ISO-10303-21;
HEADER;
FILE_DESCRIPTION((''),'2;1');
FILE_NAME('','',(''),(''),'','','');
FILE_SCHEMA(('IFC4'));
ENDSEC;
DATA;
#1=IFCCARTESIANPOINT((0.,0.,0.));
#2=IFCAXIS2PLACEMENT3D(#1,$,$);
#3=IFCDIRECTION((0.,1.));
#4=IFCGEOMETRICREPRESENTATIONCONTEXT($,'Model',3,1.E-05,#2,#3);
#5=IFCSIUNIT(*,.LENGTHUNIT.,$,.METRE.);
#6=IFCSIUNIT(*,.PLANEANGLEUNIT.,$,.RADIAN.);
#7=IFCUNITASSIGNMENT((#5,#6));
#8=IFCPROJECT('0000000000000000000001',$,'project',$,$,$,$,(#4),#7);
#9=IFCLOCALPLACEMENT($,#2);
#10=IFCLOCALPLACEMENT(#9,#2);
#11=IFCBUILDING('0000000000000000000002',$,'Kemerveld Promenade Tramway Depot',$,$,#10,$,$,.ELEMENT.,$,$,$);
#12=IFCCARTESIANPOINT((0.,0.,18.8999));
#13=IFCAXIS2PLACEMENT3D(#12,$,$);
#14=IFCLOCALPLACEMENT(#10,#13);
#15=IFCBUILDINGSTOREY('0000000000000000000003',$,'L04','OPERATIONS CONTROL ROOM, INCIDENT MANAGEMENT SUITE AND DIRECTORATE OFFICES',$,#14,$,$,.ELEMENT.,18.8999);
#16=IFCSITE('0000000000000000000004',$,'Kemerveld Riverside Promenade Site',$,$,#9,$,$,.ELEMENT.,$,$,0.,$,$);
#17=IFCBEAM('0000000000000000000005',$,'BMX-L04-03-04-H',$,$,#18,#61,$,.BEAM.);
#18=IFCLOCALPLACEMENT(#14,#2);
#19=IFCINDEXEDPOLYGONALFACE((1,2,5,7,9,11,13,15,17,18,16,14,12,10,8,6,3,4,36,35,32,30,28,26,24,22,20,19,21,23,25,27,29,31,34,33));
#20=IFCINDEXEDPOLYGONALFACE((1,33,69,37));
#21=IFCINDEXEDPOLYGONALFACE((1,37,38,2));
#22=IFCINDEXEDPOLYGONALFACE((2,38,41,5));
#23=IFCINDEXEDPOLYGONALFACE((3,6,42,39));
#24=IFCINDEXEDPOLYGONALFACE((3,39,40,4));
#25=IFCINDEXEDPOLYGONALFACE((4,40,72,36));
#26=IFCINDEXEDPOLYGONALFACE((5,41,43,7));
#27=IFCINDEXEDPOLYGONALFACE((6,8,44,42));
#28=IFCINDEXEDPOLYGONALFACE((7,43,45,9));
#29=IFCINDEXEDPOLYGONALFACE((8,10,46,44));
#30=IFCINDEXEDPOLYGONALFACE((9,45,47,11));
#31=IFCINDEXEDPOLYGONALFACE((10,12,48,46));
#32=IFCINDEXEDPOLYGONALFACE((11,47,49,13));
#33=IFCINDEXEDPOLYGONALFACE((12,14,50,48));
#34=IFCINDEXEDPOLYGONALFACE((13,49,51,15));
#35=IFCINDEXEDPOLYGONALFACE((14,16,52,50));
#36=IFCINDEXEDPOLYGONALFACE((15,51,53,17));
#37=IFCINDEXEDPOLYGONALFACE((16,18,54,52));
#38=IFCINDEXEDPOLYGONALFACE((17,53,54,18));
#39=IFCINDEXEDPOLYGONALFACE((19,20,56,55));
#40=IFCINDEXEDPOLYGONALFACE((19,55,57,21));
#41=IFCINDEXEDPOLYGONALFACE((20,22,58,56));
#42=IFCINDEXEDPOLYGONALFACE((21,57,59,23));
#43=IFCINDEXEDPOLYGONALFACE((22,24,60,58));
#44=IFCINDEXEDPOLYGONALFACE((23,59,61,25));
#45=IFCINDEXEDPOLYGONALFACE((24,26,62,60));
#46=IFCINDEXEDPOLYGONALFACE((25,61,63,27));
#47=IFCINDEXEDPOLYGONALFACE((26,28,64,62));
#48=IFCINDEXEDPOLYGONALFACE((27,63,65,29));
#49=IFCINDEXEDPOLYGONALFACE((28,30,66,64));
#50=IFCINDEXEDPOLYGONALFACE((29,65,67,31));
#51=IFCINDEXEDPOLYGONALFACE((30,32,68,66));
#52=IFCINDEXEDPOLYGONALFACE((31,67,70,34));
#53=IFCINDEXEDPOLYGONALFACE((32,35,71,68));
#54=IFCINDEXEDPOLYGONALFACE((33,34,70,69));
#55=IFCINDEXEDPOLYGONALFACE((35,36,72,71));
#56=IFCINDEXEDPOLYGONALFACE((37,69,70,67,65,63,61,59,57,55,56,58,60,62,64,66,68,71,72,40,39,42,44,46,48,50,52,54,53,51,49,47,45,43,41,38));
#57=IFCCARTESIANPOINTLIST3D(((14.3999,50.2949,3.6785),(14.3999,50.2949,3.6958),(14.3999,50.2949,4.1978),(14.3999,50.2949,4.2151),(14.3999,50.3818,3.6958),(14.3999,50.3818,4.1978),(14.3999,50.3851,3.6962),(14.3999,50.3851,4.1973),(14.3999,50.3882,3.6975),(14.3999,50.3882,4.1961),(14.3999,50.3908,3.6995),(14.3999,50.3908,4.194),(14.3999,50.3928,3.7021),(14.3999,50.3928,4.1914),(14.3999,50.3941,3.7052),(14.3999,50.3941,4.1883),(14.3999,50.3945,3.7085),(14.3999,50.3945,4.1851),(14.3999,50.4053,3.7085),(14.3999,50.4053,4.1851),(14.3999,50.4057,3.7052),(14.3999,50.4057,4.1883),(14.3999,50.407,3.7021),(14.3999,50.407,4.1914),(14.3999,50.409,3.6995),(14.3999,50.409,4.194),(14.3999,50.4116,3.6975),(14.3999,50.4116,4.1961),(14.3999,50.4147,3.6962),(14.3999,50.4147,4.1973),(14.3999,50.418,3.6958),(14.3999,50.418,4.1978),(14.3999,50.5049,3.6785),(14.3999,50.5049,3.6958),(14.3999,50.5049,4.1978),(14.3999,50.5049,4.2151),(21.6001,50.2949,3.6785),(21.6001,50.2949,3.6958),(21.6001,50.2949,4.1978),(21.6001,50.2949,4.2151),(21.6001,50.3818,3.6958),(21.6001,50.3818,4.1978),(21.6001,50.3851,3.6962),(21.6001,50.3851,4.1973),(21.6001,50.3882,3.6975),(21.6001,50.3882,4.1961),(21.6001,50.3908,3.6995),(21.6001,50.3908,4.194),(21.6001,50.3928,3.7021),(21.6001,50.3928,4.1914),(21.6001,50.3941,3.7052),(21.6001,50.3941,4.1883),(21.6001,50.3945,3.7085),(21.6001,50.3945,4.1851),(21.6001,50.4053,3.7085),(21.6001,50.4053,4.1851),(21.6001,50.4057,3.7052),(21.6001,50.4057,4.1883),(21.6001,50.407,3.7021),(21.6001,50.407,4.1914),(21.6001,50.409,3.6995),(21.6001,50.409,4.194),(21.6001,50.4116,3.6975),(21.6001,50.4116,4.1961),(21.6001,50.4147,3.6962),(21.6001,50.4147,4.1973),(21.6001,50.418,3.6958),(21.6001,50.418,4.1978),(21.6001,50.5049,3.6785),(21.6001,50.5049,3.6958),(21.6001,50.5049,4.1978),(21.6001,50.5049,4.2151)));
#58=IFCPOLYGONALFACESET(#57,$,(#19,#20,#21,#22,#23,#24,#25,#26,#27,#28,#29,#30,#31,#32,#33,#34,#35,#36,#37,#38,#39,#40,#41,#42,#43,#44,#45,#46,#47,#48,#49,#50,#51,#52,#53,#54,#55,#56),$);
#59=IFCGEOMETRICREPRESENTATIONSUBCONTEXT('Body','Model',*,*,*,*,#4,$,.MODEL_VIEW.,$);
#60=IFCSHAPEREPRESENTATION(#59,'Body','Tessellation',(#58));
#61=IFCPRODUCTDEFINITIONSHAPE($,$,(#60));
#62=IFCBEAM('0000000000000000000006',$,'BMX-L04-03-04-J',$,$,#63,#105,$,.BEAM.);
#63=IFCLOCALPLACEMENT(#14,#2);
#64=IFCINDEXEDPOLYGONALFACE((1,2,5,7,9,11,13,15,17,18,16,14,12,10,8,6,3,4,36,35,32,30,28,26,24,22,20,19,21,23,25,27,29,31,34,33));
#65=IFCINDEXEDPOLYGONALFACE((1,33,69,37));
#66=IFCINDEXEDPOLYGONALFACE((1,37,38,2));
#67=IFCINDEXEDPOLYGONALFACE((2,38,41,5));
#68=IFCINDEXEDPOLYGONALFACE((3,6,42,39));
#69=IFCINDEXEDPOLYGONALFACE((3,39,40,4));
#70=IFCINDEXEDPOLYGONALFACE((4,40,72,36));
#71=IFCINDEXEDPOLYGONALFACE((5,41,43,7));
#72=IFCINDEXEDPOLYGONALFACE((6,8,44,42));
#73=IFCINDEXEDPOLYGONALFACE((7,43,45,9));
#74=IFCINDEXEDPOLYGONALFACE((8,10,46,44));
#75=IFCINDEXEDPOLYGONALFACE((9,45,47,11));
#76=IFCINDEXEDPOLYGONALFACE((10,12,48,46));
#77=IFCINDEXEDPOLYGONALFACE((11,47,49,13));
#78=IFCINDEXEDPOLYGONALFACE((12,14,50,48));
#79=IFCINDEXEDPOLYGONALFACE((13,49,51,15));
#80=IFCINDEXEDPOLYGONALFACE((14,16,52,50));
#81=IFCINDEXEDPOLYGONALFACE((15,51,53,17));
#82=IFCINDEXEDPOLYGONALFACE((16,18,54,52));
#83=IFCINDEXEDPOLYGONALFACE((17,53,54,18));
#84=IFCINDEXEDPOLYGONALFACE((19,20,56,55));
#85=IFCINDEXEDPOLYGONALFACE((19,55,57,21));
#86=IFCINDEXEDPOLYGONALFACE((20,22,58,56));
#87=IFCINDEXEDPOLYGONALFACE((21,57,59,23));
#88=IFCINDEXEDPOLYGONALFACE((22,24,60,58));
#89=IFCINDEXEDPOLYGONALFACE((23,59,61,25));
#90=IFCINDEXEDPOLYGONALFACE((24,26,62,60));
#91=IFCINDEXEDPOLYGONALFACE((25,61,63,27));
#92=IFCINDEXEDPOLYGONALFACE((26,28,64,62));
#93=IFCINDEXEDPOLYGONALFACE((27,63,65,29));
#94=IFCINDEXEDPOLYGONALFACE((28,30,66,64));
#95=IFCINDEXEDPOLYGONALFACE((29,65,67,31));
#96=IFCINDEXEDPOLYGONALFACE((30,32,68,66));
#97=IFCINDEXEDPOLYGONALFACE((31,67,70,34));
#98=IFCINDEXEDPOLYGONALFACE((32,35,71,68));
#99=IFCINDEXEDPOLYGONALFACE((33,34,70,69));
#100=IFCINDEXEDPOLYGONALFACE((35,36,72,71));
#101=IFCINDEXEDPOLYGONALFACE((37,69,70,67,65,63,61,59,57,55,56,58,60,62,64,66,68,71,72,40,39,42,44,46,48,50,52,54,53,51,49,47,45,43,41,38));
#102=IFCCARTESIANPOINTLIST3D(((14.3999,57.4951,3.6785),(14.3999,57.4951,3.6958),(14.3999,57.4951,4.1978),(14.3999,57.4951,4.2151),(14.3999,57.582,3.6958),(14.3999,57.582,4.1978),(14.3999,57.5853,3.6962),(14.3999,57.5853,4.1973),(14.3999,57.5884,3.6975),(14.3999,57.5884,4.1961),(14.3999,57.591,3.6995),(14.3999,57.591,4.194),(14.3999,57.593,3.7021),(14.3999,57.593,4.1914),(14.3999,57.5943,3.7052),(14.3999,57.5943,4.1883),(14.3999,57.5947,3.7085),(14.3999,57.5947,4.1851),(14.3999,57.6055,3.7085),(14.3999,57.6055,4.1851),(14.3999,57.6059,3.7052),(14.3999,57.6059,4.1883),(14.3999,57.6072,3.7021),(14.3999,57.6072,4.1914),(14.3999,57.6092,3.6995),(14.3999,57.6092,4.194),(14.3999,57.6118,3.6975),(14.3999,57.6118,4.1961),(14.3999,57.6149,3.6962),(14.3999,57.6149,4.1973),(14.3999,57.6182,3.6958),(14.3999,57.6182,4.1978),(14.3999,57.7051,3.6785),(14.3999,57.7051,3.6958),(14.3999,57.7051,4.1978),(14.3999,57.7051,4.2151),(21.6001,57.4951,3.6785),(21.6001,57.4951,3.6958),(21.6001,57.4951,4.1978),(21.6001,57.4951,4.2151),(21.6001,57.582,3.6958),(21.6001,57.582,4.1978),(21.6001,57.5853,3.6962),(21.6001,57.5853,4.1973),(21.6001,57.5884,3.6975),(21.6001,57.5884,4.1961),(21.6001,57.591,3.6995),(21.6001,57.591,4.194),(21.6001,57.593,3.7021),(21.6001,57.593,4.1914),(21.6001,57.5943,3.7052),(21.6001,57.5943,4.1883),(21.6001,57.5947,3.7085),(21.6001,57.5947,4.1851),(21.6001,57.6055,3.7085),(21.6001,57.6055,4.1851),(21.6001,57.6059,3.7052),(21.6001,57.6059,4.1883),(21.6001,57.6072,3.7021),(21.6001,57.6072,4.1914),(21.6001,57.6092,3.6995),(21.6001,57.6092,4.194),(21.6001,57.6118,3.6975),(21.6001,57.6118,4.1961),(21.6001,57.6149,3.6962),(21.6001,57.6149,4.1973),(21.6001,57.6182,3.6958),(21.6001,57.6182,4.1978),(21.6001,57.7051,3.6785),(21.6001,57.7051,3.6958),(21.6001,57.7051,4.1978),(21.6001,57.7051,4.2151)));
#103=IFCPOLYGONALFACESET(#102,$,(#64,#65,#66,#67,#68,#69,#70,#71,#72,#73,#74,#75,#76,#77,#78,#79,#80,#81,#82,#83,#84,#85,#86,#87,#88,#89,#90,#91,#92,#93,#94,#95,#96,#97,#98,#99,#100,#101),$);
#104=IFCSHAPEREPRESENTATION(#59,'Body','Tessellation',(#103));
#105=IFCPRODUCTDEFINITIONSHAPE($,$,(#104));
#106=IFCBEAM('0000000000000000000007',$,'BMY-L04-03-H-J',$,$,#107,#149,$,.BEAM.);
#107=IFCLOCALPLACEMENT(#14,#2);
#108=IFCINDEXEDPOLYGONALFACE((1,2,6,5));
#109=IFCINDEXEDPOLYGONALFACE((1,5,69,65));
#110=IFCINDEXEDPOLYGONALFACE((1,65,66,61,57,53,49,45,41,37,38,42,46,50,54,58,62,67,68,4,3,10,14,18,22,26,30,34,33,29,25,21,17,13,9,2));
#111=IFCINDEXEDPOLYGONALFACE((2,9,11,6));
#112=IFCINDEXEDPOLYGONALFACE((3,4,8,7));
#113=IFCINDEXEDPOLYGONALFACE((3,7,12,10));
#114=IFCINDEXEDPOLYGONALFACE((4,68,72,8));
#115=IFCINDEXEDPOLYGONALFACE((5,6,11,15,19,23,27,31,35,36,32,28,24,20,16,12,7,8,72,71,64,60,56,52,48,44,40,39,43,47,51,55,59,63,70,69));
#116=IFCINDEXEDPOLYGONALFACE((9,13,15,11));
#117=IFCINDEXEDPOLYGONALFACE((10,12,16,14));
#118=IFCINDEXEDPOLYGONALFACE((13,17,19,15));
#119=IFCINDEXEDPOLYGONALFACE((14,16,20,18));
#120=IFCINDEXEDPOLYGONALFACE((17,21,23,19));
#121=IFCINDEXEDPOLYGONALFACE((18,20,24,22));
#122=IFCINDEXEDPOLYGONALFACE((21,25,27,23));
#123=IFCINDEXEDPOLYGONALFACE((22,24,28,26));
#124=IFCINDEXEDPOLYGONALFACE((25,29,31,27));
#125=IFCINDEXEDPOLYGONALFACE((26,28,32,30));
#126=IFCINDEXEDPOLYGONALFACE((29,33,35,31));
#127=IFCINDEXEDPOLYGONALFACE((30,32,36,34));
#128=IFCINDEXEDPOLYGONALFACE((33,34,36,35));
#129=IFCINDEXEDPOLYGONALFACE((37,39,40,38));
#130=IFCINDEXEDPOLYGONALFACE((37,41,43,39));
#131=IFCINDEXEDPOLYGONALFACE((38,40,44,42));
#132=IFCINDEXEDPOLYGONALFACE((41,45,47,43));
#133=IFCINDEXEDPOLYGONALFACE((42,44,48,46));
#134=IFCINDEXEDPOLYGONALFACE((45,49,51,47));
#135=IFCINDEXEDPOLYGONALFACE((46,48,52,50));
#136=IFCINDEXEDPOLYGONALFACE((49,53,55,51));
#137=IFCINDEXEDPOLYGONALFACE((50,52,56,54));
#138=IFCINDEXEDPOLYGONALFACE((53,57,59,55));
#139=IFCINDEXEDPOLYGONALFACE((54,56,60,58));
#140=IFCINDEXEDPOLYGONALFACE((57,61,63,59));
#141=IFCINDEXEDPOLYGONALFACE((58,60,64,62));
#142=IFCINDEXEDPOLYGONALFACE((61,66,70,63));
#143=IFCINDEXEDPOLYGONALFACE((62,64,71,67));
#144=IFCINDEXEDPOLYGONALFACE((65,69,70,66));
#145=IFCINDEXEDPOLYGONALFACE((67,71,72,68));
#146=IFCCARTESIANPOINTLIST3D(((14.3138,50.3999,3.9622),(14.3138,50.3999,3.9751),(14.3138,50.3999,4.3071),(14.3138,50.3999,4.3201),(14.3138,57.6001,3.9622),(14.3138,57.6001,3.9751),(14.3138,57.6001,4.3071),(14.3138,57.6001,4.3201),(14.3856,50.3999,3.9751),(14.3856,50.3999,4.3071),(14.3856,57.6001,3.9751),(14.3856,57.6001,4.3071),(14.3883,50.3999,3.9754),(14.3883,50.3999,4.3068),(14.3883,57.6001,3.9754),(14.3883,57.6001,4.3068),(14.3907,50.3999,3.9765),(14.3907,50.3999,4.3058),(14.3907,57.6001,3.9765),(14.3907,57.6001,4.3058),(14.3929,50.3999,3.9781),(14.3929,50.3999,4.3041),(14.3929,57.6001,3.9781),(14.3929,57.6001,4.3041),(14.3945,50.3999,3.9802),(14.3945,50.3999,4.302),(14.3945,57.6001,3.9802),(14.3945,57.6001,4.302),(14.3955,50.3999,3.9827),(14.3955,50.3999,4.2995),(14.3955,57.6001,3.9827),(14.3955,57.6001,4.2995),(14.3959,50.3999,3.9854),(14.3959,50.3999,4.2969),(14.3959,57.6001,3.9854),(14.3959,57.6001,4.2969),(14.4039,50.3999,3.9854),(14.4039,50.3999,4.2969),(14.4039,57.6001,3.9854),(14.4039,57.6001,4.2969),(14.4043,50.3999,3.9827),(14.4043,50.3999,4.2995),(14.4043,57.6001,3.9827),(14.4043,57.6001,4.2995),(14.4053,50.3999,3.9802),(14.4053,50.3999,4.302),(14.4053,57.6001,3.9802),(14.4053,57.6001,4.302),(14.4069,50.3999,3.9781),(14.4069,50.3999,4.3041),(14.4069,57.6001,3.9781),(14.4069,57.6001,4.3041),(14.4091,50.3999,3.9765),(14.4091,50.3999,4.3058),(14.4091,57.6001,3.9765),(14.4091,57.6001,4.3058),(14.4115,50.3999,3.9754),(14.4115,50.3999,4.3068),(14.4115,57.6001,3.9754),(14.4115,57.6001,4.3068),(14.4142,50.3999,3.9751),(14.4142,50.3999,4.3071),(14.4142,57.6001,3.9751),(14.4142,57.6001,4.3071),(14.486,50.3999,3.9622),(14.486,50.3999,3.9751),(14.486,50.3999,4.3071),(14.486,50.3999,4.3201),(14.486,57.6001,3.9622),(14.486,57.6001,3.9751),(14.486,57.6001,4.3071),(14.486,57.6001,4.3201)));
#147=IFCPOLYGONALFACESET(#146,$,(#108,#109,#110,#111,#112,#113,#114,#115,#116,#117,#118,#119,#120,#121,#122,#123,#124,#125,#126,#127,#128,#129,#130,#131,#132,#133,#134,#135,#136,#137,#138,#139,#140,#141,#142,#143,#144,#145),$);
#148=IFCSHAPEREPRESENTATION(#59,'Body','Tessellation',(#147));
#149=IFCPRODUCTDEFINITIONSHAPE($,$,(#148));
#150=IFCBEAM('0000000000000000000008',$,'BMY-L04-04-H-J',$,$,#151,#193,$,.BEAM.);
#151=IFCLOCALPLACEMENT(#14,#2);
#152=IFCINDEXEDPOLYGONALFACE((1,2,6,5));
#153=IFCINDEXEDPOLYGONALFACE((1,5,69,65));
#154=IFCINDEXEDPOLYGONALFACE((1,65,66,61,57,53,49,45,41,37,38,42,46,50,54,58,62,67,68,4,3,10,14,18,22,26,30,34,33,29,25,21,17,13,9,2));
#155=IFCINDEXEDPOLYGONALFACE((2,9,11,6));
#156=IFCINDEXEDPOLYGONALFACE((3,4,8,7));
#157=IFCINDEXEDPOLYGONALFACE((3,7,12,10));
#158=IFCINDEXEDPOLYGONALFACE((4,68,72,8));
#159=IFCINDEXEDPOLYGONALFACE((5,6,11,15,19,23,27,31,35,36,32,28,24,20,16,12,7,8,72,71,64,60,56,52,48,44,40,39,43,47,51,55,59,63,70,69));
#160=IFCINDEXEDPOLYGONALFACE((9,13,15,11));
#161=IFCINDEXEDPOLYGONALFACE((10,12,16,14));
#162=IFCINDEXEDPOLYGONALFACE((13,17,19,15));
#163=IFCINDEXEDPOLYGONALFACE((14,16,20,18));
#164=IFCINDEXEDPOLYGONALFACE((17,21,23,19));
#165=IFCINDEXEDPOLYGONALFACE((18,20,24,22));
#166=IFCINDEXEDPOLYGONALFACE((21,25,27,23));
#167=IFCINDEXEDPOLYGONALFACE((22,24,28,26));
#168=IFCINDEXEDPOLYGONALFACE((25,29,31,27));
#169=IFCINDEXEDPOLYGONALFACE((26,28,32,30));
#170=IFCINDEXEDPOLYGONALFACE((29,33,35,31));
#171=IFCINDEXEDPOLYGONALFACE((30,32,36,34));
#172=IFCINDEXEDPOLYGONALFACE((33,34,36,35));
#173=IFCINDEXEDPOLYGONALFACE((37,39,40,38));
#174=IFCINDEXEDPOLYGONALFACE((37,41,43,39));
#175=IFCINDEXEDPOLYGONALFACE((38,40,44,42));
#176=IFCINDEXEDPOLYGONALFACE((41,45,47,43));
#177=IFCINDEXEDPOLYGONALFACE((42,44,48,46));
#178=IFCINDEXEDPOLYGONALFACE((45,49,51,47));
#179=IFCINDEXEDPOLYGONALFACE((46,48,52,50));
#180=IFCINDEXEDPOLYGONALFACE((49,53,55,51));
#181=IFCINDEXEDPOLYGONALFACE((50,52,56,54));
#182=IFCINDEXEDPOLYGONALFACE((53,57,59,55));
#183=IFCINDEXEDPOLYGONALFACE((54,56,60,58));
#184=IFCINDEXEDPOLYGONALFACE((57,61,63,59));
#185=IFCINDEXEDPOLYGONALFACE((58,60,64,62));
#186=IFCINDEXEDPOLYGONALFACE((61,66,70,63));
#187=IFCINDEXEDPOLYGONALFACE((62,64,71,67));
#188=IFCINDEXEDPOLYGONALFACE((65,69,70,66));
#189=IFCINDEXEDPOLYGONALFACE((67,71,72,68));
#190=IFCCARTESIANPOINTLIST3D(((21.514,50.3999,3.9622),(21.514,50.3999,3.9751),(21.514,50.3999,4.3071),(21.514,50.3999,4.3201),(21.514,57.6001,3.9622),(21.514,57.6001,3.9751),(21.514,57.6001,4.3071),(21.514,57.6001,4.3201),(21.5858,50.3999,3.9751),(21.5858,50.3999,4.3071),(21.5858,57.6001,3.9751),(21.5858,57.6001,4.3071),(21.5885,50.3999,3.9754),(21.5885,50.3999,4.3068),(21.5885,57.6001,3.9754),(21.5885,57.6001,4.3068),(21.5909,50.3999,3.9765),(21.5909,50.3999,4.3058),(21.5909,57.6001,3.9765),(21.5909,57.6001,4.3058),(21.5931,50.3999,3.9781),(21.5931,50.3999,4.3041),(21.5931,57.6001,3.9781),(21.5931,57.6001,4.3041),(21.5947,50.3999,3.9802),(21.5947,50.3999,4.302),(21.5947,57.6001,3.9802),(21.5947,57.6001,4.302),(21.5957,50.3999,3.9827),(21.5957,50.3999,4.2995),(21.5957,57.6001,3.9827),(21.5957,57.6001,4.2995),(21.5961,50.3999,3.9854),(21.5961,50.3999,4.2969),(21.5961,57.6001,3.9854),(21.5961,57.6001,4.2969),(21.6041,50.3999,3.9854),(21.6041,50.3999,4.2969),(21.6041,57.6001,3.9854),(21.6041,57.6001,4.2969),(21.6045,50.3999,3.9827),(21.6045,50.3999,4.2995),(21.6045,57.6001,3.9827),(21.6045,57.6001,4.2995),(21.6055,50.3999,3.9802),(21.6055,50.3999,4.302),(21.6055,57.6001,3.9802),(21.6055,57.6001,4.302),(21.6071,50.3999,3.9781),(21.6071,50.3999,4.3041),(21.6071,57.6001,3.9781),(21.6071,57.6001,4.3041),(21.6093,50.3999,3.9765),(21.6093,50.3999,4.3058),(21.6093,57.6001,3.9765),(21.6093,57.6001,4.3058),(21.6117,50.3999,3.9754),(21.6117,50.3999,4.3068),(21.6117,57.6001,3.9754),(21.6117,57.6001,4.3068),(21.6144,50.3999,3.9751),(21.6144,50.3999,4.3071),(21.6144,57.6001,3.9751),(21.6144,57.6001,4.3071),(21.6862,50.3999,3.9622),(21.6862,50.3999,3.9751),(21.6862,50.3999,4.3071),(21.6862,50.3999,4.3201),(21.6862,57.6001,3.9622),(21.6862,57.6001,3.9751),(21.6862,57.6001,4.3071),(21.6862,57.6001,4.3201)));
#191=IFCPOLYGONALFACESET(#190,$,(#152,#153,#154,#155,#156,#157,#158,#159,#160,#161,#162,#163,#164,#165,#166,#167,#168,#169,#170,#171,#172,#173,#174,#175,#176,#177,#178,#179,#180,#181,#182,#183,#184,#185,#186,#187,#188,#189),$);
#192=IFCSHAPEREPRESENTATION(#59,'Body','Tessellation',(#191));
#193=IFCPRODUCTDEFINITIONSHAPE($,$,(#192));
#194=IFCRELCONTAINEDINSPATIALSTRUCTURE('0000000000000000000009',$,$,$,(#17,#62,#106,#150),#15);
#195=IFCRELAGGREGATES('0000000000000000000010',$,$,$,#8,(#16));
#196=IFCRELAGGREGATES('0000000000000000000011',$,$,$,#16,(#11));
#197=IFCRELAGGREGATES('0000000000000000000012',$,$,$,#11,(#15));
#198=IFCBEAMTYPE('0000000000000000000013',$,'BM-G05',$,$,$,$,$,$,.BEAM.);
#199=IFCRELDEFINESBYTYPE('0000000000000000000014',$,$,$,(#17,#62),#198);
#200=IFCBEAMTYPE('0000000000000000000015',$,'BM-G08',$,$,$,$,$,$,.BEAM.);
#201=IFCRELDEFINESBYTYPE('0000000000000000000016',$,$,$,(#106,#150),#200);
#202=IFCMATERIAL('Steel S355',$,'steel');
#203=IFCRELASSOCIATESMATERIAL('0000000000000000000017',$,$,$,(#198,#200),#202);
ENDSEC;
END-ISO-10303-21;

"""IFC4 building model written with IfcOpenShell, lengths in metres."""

from ifc_helpers import new_model, si_unit, direction, frame, origin, origin_2d, place, context, subcontext, project, spatial, i_section, extrude, material, material_profile, profile_set, type_object, element, save


model = new_model("IFC4")

# Units and contexts
model_context = context("Model", 3, precision=1e-05, world=origin(), true_north=direction((0.0, 1.0)))
body_context = subcontext(model_context, "Body", "Model", "MODEL_VIEW")
ifc_project = project(units=[si_unit("LENGTHUNIT", "METRE"), si_unit("PLANEANGLEUNIT", "RADIAN")], contexts=[model_context])

# Site, building, storey
site_placement = place(None, origin())
site = spatial("IfcSite", under=ifc_project, at=site_placement, Name="Kemerveld Riverside Promenade Site", CompositionType="ELEMENT", RefElevation=0.0)
building_placement = place(site_placement, origin())
building = spatial("IfcBuilding", under=site, at=building_placement, Name="Kemerveld Promenade Tramway Depot", CompositionType="ELEMENT")
storey_placement = place(building_placement, frame((0.0, 0.0, 18.8999)))
storey = spatial("IfcBuildingStorey", under=building, at=storey_placement, Name="L04", Description="OPERATIONS CONTROL ROOM, INCIDENT MANAGEMENT SUITE AND DIRECTORATE OFFICES", CompositionType="ELEMENT", Elevation=18.8999)

# Shared definitions
ifc_material_1 = material(Name="Steel S355", Category="steel")

# Beams
ifc_material_profile_1 = material_profile(ifc_material_1, i_section(OverallWidth=0.21, OverallDepth=0.5366, WebThickness=0.0107, FlangeThickness=0.0173, FilletRadius=0.0127, at=origin_2d()), Name="533x210x101 UB")
ifc_profile_set_1 = profile_set([ifc_material_profile_1], Name="Steel S355")
beam_type_1 = type_object("IfcBeamType", Name="BM-G05", PredefinedType="BEAM", material=ifc_profile_set_1)
for number, where, z_axis, x_axis, name in (
    (1, (14.3999, 50.3999, 3.9468), (1.0, 0.0, 0.0), (0.0, 1.0, 0.0), "BMX-L04-03-04-H"),
    (2, (14.3999, 57.6001, 3.9468), (1.0, 0.0, 0.0), (0.0, 1.0, 0.0), "BMX-L04-03-04-J"),
):
    element("IfcBeam", number, at=place(storey_placement, frame(where, z_axis=z_axis, x_axis=x_axis)), inside=storey, type_object=beam_type_1, Name=name, PredefinedType="BEAM", context=body_context, shape_type="SweptSolid", body=[
        extrude(i_section(OverallWidth=0.21, OverallDepth=0.5366, WebThickness=0.0107, FlangeThickness=0.0173, FilletRadius=0.0127, at=origin_2d()), origin(), (0.0, 0.0, 1.0), 7.2002),
    ])
ifc_material_profile_2 = material_profile(ifc_material_1, i_section(OverallWidth=0.1721, OverallDepth=0.3579, WebThickness=0.0081, FlangeThickness=0.0129, FilletRadius=0.0103, at=origin_2d()), Name="356x171x57 UB")
ifc_profile_set_2 = profile_set([ifc_material_profile_2], Name="Steel S355")
beam_type_2 = type_object("IfcBeamType", Name="BM-G08", PredefinedType="BEAM", material=ifc_profile_set_2)
for number, where, z_axis, x_axis, name in (
    (3, (14.3999, 50.3999, 4.1411), (0.0, 1.0, 0.0), (-1.0, 0.0, 0.0), "BMY-L04-03-H-J"),
    (4, (21.6001, 50.3999, 4.1411), (0.0, 1.0, 0.0), (-1.0, 0.0, 0.0), "BMY-L04-04-H-J"),
):
    element("IfcBeam", number, at=place(storey_placement, frame(where, z_axis=z_axis, x_axis=x_axis)), inside=storey, type_object=beam_type_2, Name=name, PredefinedType="BEAM", context=body_context, shape_type="SweptSolid", body=[
        extrude(i_section(OverallWidth=0.1721, OverallDepth=0.3579, WebThickness=0.0081, FlangeThickness=0.0129, FilletRadius=0.0103, at=origin_2d()), origin(), (0.0, 0.0, 1.0), 7.2002),
    ])

save(model, "model.ifc")
